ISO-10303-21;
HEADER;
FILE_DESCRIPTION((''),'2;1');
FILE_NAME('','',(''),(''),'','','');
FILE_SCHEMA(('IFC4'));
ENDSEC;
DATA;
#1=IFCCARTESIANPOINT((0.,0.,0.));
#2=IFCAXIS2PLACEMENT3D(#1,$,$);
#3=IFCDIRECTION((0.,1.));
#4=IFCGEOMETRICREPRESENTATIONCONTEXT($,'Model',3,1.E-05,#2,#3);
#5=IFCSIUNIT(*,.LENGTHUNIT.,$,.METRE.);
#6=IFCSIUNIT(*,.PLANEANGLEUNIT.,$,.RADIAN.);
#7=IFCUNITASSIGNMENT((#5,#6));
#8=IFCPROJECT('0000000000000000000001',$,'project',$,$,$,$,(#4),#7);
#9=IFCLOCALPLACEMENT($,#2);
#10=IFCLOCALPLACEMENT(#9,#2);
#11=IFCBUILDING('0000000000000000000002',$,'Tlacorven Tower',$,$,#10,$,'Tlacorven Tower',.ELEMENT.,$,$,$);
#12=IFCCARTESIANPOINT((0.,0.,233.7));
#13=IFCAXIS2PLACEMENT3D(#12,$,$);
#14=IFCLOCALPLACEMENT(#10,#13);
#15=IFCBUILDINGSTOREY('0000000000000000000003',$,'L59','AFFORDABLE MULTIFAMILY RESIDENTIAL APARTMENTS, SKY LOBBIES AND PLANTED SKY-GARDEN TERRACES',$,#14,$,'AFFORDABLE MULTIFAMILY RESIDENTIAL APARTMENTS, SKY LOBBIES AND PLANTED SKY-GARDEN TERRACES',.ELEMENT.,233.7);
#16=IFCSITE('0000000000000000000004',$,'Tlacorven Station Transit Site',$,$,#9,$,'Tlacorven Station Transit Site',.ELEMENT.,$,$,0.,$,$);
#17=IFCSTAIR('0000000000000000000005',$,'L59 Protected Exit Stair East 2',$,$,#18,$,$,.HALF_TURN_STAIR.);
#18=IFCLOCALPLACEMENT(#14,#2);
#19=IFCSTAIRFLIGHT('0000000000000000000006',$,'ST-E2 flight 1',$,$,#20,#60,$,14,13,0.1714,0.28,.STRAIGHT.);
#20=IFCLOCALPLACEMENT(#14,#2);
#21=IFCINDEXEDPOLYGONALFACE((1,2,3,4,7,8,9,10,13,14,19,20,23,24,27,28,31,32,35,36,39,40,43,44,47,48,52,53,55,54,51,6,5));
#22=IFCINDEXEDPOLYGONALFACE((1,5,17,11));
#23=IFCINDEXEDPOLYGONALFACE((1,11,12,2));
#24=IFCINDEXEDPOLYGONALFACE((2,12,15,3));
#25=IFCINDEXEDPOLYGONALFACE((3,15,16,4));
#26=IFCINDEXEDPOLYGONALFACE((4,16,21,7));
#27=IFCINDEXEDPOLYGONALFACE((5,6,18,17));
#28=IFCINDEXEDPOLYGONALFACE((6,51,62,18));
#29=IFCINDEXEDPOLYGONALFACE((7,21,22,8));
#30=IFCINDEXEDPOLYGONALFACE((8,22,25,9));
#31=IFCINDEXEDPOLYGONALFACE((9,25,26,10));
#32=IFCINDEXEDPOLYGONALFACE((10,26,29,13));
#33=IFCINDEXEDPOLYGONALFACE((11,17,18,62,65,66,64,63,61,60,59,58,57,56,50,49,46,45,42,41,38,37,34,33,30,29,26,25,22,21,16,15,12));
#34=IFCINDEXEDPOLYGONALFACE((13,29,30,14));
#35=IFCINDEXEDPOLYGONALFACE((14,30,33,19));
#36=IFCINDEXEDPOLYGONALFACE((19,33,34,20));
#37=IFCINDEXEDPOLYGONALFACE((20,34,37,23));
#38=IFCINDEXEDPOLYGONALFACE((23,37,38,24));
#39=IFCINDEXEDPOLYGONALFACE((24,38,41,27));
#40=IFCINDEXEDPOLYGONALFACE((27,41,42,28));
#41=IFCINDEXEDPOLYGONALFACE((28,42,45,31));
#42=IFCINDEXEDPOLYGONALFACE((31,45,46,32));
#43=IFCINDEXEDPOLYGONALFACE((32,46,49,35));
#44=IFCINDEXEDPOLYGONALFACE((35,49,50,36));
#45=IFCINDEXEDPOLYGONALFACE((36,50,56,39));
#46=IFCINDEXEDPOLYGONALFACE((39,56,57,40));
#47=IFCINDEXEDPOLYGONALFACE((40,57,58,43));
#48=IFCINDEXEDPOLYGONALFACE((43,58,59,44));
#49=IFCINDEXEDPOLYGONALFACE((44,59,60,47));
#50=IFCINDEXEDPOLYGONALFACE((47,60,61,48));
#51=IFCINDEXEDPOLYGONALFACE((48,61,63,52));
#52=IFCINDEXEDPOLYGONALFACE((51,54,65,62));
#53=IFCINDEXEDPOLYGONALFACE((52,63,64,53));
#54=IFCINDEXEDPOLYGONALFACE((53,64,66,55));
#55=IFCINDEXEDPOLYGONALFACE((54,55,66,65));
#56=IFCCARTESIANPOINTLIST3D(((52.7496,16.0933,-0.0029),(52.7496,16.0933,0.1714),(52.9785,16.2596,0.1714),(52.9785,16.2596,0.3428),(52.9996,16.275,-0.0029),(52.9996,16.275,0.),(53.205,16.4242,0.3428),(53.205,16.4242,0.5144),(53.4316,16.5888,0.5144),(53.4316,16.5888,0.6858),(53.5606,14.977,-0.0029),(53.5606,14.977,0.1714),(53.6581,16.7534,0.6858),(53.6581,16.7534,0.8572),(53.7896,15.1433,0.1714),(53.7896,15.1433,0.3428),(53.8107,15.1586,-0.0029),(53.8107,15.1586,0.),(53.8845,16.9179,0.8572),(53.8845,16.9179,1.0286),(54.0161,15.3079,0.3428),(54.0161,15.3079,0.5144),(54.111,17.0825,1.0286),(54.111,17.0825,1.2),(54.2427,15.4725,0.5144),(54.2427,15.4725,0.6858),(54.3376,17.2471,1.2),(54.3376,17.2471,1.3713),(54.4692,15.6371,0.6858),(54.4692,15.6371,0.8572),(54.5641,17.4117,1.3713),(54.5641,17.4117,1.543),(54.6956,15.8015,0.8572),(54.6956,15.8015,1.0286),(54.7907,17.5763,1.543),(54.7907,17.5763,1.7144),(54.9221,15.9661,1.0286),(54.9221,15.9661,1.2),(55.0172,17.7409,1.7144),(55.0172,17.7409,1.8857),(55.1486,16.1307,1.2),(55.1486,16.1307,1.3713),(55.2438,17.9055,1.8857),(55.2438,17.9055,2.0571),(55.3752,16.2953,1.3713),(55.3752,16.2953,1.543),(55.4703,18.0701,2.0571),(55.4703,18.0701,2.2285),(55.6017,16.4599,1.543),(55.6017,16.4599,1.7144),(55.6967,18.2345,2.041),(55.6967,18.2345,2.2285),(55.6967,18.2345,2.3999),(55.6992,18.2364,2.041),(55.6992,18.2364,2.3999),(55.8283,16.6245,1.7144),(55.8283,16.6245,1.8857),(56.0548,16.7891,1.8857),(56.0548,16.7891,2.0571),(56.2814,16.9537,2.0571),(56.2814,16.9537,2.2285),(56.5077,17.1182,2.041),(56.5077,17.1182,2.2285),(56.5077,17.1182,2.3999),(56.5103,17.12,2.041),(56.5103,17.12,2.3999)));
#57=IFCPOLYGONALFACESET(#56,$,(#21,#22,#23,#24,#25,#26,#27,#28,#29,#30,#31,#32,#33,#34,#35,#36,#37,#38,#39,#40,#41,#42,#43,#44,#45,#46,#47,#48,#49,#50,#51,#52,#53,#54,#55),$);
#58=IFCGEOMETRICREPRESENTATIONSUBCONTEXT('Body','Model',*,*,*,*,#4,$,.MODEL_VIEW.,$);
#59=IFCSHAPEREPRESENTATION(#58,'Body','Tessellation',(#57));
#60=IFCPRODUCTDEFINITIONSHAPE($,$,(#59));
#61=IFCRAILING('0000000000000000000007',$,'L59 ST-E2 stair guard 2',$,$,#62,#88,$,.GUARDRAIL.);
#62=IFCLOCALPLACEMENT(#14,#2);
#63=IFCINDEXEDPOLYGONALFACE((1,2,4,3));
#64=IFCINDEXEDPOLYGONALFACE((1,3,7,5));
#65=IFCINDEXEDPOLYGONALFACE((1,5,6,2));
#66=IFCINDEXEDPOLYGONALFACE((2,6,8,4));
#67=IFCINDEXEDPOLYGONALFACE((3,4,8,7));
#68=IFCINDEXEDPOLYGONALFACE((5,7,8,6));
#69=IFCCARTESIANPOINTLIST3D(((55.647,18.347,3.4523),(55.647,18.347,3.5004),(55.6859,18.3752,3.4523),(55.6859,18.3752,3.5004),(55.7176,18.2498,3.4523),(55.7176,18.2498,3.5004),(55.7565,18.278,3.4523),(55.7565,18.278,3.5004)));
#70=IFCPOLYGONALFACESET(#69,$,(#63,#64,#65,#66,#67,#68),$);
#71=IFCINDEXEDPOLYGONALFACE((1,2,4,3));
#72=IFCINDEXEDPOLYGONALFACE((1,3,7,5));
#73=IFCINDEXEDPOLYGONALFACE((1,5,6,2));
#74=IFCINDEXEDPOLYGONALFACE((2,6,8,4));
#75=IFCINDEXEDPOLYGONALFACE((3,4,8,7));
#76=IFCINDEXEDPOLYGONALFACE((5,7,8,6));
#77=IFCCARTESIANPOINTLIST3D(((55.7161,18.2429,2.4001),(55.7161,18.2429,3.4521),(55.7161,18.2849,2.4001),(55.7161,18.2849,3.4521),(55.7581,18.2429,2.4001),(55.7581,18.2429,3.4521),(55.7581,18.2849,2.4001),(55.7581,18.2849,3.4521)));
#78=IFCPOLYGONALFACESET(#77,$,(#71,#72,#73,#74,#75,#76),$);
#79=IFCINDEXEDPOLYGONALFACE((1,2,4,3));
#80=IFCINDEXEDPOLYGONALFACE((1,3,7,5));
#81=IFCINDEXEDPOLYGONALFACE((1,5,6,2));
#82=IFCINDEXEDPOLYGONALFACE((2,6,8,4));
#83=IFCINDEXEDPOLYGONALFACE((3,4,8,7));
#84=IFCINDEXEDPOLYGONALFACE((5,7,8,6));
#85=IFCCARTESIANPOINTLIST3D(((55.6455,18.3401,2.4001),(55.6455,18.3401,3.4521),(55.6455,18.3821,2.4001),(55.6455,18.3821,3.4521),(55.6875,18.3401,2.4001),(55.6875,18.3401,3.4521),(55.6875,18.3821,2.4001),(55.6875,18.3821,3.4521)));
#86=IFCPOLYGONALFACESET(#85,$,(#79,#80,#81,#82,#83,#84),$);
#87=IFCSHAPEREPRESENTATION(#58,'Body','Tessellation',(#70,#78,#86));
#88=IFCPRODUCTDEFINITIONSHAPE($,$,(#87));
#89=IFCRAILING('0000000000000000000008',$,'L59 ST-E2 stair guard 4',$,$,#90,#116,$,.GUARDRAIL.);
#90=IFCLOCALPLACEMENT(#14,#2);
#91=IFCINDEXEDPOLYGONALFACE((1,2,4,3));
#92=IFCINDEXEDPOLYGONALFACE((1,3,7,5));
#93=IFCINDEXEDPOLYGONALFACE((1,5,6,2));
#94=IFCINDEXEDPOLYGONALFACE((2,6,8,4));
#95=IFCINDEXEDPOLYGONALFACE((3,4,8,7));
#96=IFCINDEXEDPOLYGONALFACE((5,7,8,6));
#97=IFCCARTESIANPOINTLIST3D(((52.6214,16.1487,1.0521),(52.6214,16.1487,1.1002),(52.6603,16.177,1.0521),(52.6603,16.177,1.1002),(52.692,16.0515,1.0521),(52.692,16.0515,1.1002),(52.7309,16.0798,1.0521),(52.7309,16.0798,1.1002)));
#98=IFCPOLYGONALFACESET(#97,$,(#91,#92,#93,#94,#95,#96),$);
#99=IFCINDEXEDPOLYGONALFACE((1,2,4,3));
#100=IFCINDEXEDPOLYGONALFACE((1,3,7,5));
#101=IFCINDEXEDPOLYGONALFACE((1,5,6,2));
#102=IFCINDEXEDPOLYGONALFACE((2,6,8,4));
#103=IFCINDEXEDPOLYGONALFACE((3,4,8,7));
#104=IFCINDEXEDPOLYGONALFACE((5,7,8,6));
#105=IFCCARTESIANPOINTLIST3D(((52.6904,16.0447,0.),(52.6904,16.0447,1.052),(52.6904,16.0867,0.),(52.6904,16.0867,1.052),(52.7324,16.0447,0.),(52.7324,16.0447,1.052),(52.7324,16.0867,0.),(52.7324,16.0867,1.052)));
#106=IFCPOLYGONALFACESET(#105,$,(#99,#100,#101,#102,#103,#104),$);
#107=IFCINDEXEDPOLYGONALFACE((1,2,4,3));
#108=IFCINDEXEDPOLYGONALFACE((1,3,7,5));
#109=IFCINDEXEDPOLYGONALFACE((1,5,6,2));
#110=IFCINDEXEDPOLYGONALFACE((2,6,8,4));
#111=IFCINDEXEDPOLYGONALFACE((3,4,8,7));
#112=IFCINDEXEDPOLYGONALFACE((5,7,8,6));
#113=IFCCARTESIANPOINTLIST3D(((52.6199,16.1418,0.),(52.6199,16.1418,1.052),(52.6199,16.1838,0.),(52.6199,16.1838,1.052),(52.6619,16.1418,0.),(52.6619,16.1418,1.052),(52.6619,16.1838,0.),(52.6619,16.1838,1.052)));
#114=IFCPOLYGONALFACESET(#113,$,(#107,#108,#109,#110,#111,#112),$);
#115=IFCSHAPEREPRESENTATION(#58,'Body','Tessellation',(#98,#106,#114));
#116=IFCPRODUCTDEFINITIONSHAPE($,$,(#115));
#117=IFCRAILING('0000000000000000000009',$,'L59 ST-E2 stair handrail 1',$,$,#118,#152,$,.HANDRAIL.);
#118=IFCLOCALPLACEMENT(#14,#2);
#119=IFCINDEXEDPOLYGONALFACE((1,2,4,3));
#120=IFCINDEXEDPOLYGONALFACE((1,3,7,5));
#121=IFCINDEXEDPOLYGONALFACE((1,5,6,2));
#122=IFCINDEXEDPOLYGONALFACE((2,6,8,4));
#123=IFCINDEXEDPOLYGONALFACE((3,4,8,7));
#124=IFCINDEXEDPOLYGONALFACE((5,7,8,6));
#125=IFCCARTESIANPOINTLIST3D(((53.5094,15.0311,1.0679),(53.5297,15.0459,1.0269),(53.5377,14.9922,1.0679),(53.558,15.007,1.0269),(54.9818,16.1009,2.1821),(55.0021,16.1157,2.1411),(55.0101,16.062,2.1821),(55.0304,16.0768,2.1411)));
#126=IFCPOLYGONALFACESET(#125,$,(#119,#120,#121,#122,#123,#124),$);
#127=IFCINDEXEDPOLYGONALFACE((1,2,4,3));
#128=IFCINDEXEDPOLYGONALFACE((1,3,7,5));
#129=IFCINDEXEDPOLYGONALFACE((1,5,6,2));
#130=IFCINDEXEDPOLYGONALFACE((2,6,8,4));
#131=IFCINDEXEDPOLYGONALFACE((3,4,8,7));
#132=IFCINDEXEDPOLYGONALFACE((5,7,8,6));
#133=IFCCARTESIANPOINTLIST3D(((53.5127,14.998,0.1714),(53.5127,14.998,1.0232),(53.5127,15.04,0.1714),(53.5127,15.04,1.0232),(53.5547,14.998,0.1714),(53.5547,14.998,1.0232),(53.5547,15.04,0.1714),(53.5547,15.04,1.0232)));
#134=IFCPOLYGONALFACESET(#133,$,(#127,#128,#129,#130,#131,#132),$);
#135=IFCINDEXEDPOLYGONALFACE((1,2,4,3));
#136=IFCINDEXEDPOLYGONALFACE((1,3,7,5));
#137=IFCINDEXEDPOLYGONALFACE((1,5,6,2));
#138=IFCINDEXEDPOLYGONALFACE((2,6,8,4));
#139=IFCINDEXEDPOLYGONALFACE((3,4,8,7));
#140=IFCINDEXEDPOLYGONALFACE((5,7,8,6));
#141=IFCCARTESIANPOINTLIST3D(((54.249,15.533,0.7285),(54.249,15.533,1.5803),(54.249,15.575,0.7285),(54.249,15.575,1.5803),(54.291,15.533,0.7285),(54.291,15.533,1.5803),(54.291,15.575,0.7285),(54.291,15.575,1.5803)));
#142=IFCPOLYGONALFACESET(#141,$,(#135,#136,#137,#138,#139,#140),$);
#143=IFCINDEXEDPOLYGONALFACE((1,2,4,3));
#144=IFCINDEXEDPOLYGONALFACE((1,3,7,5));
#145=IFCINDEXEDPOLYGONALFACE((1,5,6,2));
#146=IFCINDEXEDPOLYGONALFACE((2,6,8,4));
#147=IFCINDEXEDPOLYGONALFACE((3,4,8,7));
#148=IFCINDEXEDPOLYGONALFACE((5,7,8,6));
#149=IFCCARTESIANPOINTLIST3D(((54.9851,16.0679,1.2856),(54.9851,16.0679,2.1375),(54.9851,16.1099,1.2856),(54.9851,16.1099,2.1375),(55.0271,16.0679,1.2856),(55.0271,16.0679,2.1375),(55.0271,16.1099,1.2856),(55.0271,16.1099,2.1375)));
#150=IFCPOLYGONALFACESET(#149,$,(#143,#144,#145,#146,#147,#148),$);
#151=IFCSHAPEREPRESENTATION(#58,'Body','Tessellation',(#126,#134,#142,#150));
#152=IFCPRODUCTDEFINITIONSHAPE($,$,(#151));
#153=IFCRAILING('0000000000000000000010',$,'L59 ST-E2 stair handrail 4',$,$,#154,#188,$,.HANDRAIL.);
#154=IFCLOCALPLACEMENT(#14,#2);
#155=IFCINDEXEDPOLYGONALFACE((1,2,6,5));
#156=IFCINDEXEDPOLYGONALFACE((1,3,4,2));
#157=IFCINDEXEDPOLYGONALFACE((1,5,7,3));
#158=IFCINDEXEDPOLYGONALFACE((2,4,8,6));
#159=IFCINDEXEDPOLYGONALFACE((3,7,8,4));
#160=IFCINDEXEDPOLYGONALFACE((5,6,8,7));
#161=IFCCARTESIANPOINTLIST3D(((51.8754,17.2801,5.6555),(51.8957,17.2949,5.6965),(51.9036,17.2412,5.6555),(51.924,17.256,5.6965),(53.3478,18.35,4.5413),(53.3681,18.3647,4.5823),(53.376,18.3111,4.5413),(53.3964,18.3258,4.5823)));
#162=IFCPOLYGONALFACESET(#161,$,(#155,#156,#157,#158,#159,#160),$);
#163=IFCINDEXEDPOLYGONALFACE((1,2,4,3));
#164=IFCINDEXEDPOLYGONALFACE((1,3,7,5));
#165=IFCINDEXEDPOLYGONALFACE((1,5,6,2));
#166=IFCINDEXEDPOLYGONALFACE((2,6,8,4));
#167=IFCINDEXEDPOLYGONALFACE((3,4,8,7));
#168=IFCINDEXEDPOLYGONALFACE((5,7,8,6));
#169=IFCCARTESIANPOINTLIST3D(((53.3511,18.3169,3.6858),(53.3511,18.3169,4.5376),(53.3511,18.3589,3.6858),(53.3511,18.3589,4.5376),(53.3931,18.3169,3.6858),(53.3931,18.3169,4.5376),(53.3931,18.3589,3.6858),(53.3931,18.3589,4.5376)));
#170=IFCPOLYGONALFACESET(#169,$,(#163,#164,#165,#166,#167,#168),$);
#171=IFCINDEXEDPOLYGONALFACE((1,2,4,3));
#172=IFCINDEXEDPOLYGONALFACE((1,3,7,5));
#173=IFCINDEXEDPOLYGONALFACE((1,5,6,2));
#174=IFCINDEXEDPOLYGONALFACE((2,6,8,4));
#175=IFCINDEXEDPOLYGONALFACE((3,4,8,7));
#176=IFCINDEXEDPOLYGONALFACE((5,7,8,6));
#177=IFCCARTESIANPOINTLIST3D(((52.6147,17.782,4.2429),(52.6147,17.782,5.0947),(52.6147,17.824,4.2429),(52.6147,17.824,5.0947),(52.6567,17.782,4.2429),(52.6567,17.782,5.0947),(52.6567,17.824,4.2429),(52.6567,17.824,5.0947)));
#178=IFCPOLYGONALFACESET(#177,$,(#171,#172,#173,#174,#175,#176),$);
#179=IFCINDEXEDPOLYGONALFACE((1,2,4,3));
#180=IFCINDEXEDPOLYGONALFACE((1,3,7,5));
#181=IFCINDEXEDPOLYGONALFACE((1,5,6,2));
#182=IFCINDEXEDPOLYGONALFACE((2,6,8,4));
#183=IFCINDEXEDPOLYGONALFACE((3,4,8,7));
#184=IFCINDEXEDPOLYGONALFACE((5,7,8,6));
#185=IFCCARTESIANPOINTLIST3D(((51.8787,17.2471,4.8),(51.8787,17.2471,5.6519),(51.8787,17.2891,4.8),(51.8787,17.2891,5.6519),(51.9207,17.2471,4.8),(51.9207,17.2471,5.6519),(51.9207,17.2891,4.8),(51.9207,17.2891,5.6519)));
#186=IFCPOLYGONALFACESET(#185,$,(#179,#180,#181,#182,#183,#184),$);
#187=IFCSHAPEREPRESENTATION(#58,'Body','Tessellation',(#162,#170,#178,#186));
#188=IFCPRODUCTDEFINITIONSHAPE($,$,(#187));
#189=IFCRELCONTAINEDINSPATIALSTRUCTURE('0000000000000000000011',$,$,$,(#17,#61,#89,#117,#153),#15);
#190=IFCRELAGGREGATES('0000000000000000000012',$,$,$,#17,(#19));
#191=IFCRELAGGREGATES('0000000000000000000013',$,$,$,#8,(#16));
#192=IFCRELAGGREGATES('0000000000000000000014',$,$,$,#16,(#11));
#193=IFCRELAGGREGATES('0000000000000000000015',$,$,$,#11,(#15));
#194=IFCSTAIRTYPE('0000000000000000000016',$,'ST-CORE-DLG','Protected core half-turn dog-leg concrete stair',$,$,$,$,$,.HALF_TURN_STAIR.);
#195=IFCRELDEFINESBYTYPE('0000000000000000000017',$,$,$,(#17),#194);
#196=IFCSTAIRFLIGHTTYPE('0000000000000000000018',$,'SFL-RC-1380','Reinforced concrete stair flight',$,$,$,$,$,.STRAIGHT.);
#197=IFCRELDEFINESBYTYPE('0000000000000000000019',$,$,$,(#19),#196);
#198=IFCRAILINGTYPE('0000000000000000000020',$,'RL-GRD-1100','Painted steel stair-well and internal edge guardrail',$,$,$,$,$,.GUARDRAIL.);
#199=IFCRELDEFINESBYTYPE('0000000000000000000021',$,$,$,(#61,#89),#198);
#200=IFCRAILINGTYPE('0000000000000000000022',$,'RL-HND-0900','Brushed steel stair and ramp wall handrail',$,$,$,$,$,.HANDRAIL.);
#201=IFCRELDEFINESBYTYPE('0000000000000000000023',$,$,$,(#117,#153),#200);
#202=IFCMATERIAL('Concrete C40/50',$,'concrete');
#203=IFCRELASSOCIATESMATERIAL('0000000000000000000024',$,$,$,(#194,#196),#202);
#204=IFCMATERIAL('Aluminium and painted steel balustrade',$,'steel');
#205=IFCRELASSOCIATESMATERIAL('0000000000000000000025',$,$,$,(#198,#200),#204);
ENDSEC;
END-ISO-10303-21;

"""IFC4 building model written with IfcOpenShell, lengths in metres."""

from ifc_helpers import new_model, si_unit, direction, frame, origin, origin_2d, place, context, subcontext, project, spatial, polyline, rectangle, outline, extrude, source, transform, mapped, material, type_object, element, aggregate, save


model = new_model("IFC4")

# Units and contexts
model_context = context("Model", 3, precision=1e-05, world=origin(), true_north=direction((0.0, 1.0)))
body_context = subcontext(model_context, "Body", "Model", "MODEL_VIEW")
ifc_project = project(units=[si_unit("LENGTHUNIT", "METRE"), si_unit("PLANEANGLEUNIT", "RADIAN")], contexts=[model_context])

# Site, building, storey
site_placement = place(None, origin())
site = spatial("IfcSite", under=ifc_project, at=site_placement, Name="Tlacorven Station Transit Site", LongName="Tlacorven Station Transit Site", CompositionType="ELEMENT", RefElevation=0.0)
building_placement = place(site_placement, origin())
building = spatial("IfcBuilding", under=site, at=building_placement, Name="Tlacorven Tower", LongName="Tlacorven Tower", CompositionType="ELEMENT")
storey_placement = place(building_placement, frame((0.0, 0.0, 233.7)))
storey = spatial("IfcBuildingStorey", under=building, at=storey_placement, Name="L59", Description="AFFORDABLE MULTIFAMILY RESIDENTIAL APARTMENTS, SKY LOBBIES AND PLANTED SKY-GARDEN TERRACES", LongName="AFFORDABLE MULTIFAMILY RESIDENTIAL APARTMENTS, SKY LOBBIES AND PLANTED SKY-GARDEN TERRACES", CompositionType="ELEMENT", Elevation=233.7)

# Stair, stair flight
ifc_material_1 = material(Name="Concrete C40/50", Category="concrete")
stair_type = type_object("IfcStairType", Name="ST-CORE-DLG", Description="Protected core half-turn dog-leg concrete stair", PredefinedType="HALF_TURN_STAIR", material=ifc_material_1)
stair_placement = place(storey_placement, origin())
stair = element("IfcStair", 1, at=stair_placement, inside=storey, type_object=stair_type, Name="L59 Protected Exit Stair East 2", PredefinedType="HALF_TURN_STAIR")
stair_flight_type = type_object("IfcStairFlightType", Name="SFL-RC-1380", Description="Reinforced concrete stair flight", PredefinedType="STRAIGHT", material=ifc_material_1)
shared_shape_1 = source(origin(), body_context, "Body", "SweptSolid", [
    extrude(outline(polyline([(-0.0029, -0.0029), (-0.0029, 0.1714), (0.28, 0.1714), (0.28, 0.3428), (0.5601, 0.3428), (0.5601, 0.5144), (0.8401, 0.5144), (0.8401, 0.6858), (1.1201, 0.6858), (1.1201, 0.8572), (1.3999, 0.8572), (1.3999, 1.0286), (1.6799, 1.0286), (1.6799, 1.2), (1.96, 1.2), (1.96, 1.3713), (2.24, 1.3713), (2.24, 1.543), (2.52, 1.543), (2.52, 1.7144), (2.8, 1.7144), (2.8, 1.8857), (3.0801, 1.8857), (3.0801, 2.0571), (3.3601, 2.0571), (3.3601, 2.2285), (3.6399, 2.2285), (3.6399, 2.3999), (3.6431, 2.3999), (3.6431, 2.041), (3.6399, 2.041), (0.3062, 0.0), (0.3062, -0.0029), (-0.0029, -0.0029)])), frame((0.0, 0.6899, 0.0), z_axis=(0.0, -1.0, 0.0), x_axis=(1.0, 0.0, 0.0)), (0.0, 0.0, 1.0), 1.3799),
])
stair_flight_placement = place(storey_placement, frame((53.1575, 15.5369, 0.0), z_axis=(0.0, 0.0, 1.0), x_axis=(0.809017, 0.587785, 0.0)))
stair_flight = element("IfcStairFlight", 2, at=stair_flight_placement, type_object=stair_flight_type, Name="ST-E2 flight 1", NumberOfRisers=14, NumberOfTreads=13, PredefinedType="STRAIGHT", RiserHeight=0.1714, TreadLength=0.28, context=body_context, shape_type="MappedRepresentation", body=[
    mapped(shared_shape_1, transform((0.0, 0.0, 0.0), scale=1.0)),
])
aggregate(stair, [stair_flight])

# Railings
ifc_material_2 = material(Name="Aluminium and painted steel balustrade", Category="steel")
railing_type_1 = type_object("IfcRailingType", Name="RL-GRD-1100", Description="Painted steel stair-well and internal edge guardrail", PredefinedType="GUARDRAIL", material=ifc_material_2)
shared_shape_2 = source(origin(), body_context, "Body", "SweptSolid", [
    extrude(rectangle(XDim=0.0481, YDim=0.0481, at=origin_2d()), frame((0.0, 0.0, 1.0762), z_axis=(-0.587567, 0.809175, 0.0), x_axis=(-0.809175, -0.587567, 0.0)), (0.0, 0.0, 1.0), 0.1201),
    extrude(rectangle(XDim=0.042, YDim=0.042, at=origin_2d()), origin(), (0.0, 0.0, 1.0), 1.052),
    extrude(rectangle(XDim=0.042, YDim=0.042, at=origin_2d()), frame((-0.0706, 0.0972, 0.0)), (0.0, 0.0, 1.0), 1.052),
])
for number, where, name in (
    (3, (55.7371, 18.2639, 2.4001), "L59 ST-E2 stair guard 2"),
    (4, (52.7114, 16.0657, 0.0), "L59 ST-E2 stair guard 4"),
):
    element("IfcRailing", number, at=place(storey_placement, frame(where)), inside=storey, type_object=railing_type_1, Name=name, PredefinedType="GUARDRAIL", context=body_context, shape_type="MappedRepresentation", body=[
        mapped(shared_shape_2, transform((0.0, 0.0, 0.0), scale=1.0)),
    ])
railing_type_2 = type_object("IfcRailingType", Name="RL-HND-0900", Description="Brushed steel stair and ramp wall handrail", PredefinedType="HANDRAIL", material=ifc_material_2)
shared_shape_3 = source(origin(), body_context, "Body", "SweptSolid", [
    extrude(rectangle(XDim=0.0481, YDim=0.0481, at=origin_2d()), frame((0.0, 0.0, 0.876), z_axis=(0.689967, 0.501316, 0.522137), x_axis=(-0.587805, 0.809003, 0.0)), (0.0, 0.0, 1.0), 2.134),
    extrude(rectangle(XDim=0.042, YDim=0.042, at=origin_2d()), origin(), (0.0, 0.0, 1.0), 0.8518),
    extrude(rectangle(XDim=0.042, YDim=0.042, at=origin_2d()), frame((0.7363, 0.5349, 0.5571)), (0.0, 0.0, 1.0), 0.8518),
    extrude(rectangle(XDim=0.042, YDim=0.042, at=origin_2d()), frame((1.4724, 1.0698, 1.1143)), (0.0, 0.0, 1.0), 0.8518),
])
railing_1_placement = place(storey_placement, frame((53.5337, 15.019, 0.1714)))
element("IfcRailing", 5, at=railing_1_placement, inside=storey, type_object=railing_type_2, Name="L59 ST-E2 stair handrail 1", PredefinedType="HANDRAIL", context=body_context, shape_type="MappedRepresentation", body=[
    mapped(shared_shape_3, transform((0.0, 0.0, 0.0), scale=1.0)),
])
shared_shape_4 = source(origin(), body_context, "Body", "SweptSolid", [
    extrude(rectangle(XDim=0.0481, YDim=0.0481, at=origin_2d()), frame((0.0, 0.0, 0.876), z_axis=(-0.689967, -0.501316, 0.522137), x_axis=(0.587805, -0.809003, 0.0)), (0.0, 0.0, 1.0), 2.134),
    extrude(rectangle(XDim=0.042, YDim=0.042, at=origin_2d()), origin(), (0.0, 0.0, 1.0), 0.8518),
    extrude(rectangle(XDim=0.042, YDim=0.042, at=origin_2d()), frame((-0.7363, -0.5349, 0.5571)), (0.0, 0.0, 1.0), 0.8518),
    extrude(rectangle(XDim=0.042, YDim=0.042, at=origin_2d()), frame((-1.4724, -1.0698, 1.1143)), (0.0, 0.0, 1.0), 0.8518),
])
railing_2_placement = place(storey_placement, frame((53.3721, 18.3379, 3.6858)))
element("IfcRailing", 6, at=railing_2_placement, inside=storey, type_object=railing_type_2, Name="L59 ST-E2 stair handrail 4", PredefinedType="HANDRAIL", context=body_context, shape_type="MappedRepresentation", body=[
    mapped(shared_shape_4, transform((0.0, 0.0, 0.0), scale=1.0)),
])

save(model, "model.ifc")
